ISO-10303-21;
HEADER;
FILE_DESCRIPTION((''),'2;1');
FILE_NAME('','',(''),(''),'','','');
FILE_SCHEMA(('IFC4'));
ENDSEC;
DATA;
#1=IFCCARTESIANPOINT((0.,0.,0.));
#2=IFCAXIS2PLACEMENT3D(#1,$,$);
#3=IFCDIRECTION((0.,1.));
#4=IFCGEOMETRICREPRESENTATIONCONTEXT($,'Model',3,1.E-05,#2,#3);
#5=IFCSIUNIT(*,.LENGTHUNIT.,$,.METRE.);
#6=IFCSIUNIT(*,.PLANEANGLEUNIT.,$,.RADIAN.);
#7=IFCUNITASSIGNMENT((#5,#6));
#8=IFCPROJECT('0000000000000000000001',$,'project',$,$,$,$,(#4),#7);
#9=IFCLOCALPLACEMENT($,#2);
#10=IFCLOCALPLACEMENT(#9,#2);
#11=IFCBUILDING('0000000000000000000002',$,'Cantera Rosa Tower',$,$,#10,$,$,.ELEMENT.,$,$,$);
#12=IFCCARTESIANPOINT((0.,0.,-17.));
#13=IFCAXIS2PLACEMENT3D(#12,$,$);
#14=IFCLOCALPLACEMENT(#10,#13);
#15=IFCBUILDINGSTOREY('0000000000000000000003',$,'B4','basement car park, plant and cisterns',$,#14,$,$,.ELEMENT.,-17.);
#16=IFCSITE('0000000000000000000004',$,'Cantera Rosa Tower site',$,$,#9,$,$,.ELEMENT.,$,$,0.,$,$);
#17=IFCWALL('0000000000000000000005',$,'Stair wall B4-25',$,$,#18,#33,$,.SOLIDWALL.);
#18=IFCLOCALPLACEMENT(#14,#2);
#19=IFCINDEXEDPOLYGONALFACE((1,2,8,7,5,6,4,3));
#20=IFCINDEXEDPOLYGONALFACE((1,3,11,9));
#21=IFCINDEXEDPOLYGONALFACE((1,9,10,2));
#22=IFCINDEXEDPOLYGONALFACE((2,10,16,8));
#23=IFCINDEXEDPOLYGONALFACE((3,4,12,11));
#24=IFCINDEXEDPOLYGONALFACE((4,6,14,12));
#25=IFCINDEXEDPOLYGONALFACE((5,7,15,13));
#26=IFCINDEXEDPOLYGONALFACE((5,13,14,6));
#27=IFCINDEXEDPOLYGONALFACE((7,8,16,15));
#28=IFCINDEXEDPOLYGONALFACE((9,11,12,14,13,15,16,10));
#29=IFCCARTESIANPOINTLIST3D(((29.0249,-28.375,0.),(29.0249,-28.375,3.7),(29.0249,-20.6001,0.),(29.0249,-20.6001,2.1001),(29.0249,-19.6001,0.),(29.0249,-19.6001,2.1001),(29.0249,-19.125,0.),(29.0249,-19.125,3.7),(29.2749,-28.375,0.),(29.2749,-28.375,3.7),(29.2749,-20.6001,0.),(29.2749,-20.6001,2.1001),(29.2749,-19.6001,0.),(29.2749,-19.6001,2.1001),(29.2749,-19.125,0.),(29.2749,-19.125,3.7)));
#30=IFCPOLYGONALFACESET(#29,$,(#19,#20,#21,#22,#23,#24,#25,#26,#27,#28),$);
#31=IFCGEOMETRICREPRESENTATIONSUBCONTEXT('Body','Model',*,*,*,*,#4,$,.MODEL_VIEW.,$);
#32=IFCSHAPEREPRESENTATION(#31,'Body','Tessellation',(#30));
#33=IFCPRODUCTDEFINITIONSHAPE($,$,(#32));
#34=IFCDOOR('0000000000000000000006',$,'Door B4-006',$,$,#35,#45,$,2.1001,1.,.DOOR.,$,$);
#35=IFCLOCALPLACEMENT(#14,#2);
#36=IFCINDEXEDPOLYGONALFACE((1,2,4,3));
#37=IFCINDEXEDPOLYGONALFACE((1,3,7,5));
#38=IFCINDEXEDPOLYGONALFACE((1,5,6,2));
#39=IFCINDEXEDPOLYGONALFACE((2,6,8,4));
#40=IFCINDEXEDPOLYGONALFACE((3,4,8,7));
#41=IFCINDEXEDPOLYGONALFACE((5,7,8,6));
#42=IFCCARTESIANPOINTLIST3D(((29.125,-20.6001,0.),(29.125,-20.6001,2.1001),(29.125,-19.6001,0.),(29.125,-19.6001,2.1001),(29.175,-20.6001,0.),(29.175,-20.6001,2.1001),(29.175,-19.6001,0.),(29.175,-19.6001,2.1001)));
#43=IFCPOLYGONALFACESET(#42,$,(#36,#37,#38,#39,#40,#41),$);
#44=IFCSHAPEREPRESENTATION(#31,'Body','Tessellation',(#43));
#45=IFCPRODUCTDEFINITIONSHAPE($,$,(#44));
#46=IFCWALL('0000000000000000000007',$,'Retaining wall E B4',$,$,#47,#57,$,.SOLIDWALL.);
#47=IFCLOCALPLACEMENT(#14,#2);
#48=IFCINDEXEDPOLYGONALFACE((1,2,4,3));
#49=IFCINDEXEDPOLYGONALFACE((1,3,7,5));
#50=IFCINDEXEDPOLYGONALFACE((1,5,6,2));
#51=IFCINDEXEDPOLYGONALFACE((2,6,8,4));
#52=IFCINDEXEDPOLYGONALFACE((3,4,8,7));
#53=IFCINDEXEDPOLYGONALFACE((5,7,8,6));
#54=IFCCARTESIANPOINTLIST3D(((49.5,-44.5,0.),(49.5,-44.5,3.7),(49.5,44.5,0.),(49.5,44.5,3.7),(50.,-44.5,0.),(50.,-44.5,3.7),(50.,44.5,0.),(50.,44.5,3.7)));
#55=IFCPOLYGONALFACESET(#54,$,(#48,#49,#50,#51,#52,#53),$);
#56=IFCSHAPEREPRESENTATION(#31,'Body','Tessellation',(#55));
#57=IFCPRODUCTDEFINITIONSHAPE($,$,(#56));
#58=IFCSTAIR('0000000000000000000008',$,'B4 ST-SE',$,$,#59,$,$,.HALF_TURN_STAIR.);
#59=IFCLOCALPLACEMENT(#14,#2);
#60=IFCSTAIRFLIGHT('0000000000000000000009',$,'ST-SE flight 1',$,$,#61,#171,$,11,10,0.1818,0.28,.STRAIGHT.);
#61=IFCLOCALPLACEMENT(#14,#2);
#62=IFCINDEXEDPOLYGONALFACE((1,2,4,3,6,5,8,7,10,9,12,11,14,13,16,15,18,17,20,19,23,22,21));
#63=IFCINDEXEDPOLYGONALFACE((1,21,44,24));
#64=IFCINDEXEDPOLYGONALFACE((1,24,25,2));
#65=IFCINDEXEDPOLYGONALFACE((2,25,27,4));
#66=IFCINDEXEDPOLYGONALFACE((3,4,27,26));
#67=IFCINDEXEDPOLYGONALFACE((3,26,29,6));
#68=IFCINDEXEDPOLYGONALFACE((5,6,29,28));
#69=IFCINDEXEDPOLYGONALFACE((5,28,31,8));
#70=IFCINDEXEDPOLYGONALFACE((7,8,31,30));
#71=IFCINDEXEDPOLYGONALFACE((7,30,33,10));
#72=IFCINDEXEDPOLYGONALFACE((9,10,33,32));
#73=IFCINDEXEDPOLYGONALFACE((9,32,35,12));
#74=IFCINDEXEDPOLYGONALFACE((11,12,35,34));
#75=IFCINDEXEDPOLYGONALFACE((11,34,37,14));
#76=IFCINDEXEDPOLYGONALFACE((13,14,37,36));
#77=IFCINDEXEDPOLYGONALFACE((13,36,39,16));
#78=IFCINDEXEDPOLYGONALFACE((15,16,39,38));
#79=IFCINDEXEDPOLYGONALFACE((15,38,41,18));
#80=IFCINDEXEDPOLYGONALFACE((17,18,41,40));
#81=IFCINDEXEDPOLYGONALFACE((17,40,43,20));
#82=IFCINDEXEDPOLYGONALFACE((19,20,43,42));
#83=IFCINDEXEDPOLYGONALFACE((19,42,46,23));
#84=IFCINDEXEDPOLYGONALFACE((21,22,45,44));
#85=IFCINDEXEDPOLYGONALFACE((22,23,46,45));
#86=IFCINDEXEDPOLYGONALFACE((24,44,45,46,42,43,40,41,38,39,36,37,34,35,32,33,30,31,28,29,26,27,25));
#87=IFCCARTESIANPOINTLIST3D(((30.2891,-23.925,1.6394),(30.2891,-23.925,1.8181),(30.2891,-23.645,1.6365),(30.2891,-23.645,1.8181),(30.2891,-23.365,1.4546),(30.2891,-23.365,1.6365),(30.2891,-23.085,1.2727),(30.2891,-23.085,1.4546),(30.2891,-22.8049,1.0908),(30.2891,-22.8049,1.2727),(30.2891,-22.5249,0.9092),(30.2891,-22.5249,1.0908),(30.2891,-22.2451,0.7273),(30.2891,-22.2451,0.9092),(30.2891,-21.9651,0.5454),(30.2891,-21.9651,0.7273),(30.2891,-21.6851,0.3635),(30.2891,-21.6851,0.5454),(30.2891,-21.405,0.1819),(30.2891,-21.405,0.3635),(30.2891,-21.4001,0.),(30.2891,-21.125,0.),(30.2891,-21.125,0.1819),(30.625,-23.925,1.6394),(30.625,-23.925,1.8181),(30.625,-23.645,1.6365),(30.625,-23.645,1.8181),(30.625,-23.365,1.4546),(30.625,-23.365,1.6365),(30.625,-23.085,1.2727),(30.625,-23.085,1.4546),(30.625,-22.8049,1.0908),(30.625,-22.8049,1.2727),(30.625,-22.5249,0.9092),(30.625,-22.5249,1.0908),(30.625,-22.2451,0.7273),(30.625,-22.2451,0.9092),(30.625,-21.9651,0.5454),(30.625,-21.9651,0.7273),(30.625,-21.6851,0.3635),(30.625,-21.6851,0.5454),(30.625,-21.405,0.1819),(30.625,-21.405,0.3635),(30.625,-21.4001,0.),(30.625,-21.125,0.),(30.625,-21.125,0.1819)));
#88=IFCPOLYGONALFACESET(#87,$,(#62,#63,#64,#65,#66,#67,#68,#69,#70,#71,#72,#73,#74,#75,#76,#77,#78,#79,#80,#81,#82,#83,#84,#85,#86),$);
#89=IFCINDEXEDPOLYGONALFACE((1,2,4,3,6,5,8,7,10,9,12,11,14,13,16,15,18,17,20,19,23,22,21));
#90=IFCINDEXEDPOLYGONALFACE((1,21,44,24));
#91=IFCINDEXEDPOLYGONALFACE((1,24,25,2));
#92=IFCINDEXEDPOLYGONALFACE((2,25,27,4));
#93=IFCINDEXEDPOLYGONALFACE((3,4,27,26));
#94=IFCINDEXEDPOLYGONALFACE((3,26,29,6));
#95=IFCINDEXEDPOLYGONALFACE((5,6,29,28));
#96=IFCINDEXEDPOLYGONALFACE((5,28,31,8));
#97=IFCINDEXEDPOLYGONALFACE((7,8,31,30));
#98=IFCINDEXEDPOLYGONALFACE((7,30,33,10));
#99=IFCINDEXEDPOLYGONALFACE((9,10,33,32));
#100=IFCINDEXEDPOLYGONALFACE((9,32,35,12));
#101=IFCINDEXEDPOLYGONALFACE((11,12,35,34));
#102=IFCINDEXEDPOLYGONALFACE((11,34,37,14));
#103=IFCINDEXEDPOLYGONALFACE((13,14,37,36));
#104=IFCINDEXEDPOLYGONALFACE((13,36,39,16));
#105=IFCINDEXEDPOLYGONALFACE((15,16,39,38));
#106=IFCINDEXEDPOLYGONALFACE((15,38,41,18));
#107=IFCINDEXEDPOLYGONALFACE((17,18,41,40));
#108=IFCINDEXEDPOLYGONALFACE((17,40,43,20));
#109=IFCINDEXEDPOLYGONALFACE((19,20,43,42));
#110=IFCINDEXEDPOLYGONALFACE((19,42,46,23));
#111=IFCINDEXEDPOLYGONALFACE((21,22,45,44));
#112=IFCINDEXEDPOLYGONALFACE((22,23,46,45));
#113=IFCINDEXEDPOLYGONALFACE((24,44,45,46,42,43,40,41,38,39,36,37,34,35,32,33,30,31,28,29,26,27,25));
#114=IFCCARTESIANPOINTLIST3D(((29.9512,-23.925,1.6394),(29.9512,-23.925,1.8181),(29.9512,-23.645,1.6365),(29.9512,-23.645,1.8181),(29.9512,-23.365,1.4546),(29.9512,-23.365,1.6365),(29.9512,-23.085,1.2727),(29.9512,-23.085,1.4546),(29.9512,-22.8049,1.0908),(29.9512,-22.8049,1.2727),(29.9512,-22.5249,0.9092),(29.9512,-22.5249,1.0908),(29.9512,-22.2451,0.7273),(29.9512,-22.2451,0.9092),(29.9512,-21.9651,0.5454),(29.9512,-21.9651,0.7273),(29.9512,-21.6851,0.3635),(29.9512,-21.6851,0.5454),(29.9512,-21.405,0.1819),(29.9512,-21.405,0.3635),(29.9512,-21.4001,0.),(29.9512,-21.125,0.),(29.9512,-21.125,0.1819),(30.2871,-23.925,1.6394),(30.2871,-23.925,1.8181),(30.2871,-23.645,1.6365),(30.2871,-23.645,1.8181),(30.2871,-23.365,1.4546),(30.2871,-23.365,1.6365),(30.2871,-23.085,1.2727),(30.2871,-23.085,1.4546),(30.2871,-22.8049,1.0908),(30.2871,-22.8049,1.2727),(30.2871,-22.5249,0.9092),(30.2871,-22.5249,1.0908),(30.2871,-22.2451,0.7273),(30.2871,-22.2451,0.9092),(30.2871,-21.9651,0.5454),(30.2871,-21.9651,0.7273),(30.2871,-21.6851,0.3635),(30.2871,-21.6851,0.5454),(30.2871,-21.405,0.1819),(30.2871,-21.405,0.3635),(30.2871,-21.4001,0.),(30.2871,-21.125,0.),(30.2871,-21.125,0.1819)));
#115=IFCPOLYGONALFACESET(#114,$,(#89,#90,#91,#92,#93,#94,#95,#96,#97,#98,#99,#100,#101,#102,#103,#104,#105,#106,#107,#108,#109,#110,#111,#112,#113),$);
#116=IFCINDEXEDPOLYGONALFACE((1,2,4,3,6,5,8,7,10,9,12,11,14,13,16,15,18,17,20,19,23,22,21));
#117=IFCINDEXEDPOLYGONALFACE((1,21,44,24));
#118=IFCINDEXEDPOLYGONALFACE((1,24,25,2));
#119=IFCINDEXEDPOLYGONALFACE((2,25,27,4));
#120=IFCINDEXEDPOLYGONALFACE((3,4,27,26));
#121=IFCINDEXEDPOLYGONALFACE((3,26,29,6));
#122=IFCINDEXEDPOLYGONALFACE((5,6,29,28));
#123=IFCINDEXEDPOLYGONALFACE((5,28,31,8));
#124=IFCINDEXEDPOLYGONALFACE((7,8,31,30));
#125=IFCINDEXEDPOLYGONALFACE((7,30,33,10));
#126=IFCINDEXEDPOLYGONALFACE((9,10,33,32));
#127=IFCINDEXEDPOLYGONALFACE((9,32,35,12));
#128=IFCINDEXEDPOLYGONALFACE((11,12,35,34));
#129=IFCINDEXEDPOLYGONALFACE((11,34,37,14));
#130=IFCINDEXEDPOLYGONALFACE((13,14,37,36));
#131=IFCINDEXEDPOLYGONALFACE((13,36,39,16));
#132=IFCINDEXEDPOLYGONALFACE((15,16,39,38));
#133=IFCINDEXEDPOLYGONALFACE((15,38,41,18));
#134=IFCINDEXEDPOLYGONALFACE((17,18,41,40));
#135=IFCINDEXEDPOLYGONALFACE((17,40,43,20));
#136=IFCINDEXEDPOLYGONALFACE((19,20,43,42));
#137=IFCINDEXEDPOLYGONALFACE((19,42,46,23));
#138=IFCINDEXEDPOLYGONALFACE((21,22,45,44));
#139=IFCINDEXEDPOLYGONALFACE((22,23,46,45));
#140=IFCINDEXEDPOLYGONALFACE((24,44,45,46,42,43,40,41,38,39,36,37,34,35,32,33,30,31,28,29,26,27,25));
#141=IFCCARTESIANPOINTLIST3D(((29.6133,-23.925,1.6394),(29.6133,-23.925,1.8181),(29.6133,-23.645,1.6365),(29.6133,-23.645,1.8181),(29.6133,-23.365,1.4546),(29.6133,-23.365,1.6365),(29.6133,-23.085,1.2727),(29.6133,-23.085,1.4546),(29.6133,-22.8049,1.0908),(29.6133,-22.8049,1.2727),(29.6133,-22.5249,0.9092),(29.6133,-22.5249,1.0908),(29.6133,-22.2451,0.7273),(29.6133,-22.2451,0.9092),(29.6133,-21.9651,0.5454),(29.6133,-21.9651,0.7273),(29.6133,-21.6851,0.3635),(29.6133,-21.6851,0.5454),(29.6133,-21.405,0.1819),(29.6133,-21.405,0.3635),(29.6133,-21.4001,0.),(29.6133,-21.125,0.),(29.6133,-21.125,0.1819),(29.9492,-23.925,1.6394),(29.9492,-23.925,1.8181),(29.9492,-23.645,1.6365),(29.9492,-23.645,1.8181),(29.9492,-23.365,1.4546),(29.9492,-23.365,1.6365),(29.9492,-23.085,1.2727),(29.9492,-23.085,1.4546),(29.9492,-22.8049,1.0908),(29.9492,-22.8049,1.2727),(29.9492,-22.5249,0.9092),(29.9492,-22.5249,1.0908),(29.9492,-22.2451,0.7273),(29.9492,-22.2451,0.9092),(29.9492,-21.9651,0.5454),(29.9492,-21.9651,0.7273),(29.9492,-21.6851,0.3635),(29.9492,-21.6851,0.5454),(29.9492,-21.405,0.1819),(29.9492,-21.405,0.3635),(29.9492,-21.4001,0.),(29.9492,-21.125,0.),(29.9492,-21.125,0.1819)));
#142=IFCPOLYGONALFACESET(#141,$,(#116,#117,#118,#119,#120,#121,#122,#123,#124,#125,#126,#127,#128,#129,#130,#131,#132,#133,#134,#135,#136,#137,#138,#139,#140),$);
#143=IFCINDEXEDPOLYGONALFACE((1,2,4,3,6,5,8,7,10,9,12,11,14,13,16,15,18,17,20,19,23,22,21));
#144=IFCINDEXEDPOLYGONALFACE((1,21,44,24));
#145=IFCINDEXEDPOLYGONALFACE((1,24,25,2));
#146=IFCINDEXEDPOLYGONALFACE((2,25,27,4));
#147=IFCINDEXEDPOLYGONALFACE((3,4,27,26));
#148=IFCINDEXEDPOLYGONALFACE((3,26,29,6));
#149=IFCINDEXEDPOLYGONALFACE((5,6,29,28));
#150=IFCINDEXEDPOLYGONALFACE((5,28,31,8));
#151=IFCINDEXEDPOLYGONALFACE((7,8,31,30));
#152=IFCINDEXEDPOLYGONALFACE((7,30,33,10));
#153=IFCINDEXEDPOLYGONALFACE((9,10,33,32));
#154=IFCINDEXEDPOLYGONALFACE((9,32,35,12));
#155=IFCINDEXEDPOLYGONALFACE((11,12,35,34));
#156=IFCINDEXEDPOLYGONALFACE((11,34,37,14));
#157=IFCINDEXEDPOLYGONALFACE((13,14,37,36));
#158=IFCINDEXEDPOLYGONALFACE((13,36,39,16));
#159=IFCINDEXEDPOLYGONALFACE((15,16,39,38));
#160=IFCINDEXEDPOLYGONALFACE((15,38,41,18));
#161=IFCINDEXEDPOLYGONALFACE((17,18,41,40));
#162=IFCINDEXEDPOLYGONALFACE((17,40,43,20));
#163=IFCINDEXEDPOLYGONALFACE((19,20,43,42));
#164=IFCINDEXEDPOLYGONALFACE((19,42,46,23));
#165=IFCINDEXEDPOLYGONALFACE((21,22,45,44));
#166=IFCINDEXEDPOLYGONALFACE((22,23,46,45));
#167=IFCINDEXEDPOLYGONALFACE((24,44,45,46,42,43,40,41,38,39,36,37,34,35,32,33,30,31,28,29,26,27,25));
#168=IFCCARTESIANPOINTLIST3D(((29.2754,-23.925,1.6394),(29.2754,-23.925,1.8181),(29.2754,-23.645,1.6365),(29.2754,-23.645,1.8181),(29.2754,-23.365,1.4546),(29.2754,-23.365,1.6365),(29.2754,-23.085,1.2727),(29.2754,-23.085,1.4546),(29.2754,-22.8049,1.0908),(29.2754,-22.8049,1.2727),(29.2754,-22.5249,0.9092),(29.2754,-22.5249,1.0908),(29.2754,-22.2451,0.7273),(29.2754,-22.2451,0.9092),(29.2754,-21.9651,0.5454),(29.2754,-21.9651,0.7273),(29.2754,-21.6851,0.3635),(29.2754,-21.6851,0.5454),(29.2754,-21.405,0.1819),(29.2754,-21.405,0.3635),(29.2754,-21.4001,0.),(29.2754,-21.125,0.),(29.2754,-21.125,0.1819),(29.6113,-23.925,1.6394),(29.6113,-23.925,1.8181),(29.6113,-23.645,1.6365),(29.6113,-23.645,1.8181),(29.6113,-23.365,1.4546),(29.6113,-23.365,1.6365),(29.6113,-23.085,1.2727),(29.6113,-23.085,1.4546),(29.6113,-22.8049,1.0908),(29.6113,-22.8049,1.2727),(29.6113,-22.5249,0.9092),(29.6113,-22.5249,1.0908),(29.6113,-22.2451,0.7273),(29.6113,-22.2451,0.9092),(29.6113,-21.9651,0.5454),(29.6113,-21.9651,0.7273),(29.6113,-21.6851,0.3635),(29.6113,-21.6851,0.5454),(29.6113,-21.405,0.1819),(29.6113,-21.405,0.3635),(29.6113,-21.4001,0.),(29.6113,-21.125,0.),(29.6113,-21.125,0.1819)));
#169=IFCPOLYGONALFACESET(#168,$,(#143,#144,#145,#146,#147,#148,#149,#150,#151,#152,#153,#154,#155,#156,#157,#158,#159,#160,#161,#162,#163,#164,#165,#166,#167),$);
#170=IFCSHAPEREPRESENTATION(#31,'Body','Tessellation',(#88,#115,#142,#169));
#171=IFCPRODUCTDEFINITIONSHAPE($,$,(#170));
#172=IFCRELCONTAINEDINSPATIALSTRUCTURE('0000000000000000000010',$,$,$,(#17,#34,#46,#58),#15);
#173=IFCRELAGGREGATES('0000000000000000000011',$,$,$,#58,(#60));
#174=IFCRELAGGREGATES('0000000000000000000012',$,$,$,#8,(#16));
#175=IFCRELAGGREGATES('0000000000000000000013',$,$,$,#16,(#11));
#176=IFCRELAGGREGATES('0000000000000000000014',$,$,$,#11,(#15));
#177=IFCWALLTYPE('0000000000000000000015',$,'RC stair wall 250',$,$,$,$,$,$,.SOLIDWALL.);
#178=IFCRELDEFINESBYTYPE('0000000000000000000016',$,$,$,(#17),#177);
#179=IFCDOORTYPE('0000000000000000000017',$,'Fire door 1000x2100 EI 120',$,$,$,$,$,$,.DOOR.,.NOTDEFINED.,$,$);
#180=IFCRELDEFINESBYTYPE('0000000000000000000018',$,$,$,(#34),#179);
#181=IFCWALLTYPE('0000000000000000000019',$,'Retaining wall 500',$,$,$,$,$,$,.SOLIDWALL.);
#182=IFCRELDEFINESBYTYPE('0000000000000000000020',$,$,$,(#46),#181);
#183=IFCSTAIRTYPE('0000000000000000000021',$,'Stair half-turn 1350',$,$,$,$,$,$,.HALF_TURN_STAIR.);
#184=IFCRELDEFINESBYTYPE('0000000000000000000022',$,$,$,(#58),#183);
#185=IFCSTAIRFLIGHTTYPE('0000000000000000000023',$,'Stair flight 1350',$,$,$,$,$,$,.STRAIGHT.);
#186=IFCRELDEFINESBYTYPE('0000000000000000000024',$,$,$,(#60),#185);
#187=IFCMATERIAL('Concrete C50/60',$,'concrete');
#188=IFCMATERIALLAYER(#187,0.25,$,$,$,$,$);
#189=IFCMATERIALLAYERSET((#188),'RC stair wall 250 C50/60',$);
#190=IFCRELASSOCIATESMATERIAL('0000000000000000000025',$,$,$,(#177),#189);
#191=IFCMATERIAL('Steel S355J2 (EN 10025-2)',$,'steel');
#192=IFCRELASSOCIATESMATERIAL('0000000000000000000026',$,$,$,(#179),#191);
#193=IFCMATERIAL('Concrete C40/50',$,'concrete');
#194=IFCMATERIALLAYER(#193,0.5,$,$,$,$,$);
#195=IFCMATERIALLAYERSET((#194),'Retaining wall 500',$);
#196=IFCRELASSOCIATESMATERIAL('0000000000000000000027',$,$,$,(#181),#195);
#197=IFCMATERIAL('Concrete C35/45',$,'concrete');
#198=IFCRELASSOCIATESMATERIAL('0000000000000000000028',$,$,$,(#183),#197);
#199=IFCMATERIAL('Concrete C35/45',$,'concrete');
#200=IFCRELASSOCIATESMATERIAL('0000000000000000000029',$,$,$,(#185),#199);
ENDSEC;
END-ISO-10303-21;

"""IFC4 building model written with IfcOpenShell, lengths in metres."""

from ifc_helpers import new_model, si_unit, direction, frame, frame_2d, origin, place, context, subcontext, project, spatial, polyline, rectangle, outline, extrude, material, layer, layer_set, type_object, element, fill, aggregate, save


model = new_model("IFC4")

# Units and contexts
model_context = context("Model", 3, precision=1e-05, world=origin(), true_north=direction((0.0, 1.0)))
body_context = subcontext(model_context, "Body", "Model", "MODEL_VIEW")
ifc_project = project(units=[si_unit("LENGTHUNIT", "METRE"), si_unit("PLANEANGLEUNIT", "RADIAN")], contexts=[model_context])

# Site, building, storey
site_placement = place(None, origin())
site = spatial("IfcSite", under=ifc_project, at=site_placement, Name="Cantera Rosa Tower site", CompositionType="ELEMENT", RefElevation=0.0)
building_placement = place(site_placement, origin())
building = spatial("IfcBuilding", under=site, at=building_placement, Name="Cantera Rosa Tower", CompositionType="ELEMENT")
storey_placement = place(building_placement, frame((0.0, 0.0, -17.0)))
storey = spatial("IfcBuildingStorey", under=building, at=storey_placement, Name="B4", Description="basement car park, plant and cisterns", CompositionType="ELEMENT", Elevation=-17.0)

# Shared definitions
ifc_material_1 = material(Name="Concrete C50/60", Category="concrete")
ifc_layer_1 = layer(ifc_material_1, 0.25)
ifc_layer_set_1 = layer_set([ifc_layer_1], Name="RC stair wall 250 C50/60")
wall_type_1 = type_object("IfcWallType", Name="RC stair wall 250", PredefinedType="SOLIDWALL", material=ifc_layer_set_1)

# Wall, opening, door
wall_1_placement = place(storey_placement, frame((29.1499, -28.375, 0.0), z_axis=(0.0, 0.0, 1.0), x_axis=(0.0, 1.0, 0.0)))
wall_1 = element("IfcWall", 1, at=wall_1_placement, inside=storey, type_object=wall_type_1, Name="Stair wall B4-25", PredefinedType="SOLIDWALL", context=body_context, shape_type="SweptSolid", body=[
    extrude(rectangle(XDim=9.25, YDim=0.25, at=frame_2d((4.625, 0.0))), origin(), (0.0, 0.0, 1.0), 3.7),
])
opening_1_placement = place(wall_1_placement, frame((7.7749, 0.0, 0.0)))
opening_1 = element("IfcOpeningElement", 2, at=opening_1_placement, cuts=wall_1, PredefinedType="OPENING", context=body_context, shape_type="SweptSolid", body=[
    extrude(rectangle(XDim=1.0, YDim=2.1001, at=frame_2d((0.5, 1.05))), frame((0.0, 0.135, 0.0), z_axis=(0.0, -1.0, 0.0), x_axis=(1.0, 0.0, 0.0)), (0.0, 0.0, 1.0), 0.27),
])
ifc_material_2 = material(Name="Steel S355J2 (EN 10025-2)", Category="steel")
door_type_1 = type_object("IfcDoorType", Name="Fire door 1000x2100 EI 120", OperationType="NOTDEFINED", PredefinedType="DOOR", material=ifc_material_2)
door_1_placement = place(opening_1_placement, origin())
door_1 = element("IfcDoor", 3, at=door_1_placement, inside=storey, type_object=door_type_1, Name="Door B4-006", OverallHeight=2.1001, OverallWidth=1.0, PredefinedType="DOOR", context=body_context, shape_type="SweptSolid", body=[
    extrude(rectangle(XDim=1.0, YDim=2.1001, at=frame_2d((0.5, 1.05))), frame((0.0, 0.0249, 0.0), z_axis=(0.0, -1.0, 0.0), x_axis=(1.0, 0.0, 0.0)), (0.0, 0.0, 1.0), 0.05),
])
fill(opening_1, door_1)

# Wall
ifc_material_3 = material(Name="Concrete C40/50", Category="concrete")
ifc_layer_2 = layer(ifc_material_3, 0.5)
ifc_layer_set_2 = layer_set([ifc_layer_2], Name="Retaining wall 500")
wall_type_2 = type_object("IfcWallType", Name="Retaining wall 500", PredefinedType="SOLIDWALL", material=ifc_layer_set_2)
wall_2_placement = place(storey_placement, frame((49.75, -44.5, 0.0), z_axis=(0.0, 0.0, 1.0), x_axis=(0.0, 1.0, 0.0)))
element("IfcWall", 4, at=wall_2_placement, inside=storey, type_object=wall_type_2, Name="Retaining wall E B4", PredefinedType="SOLIDWALL", context=body_context, shape_type="SweptSolid", body=[
    extrude(rectangle(XDim=89.0, YDim=0.5, at=frame_2d((44.5, 0.0))), origin(), (0.0, 0.0, 1.0), 3.7),
])

# Stair, stair flight
ifc_material_4 = material(Name="Concrete C35/45", Category="concrete")
stair_type = type_object("IfcStairType", Name="Stair half-turn 1350", PredefinedType="HALF_TURN_STAIR", material=ifc_material_4)
stair_placement = place(storey_placement, origin())
stair = element("IfcStair", 5, at=stair_placement, inside=storey, type_object=stair_type, Name="B4 ST-SE", PredefinedType="HALF_TURN_STAIR")
ifc_material_5 = material(Name="Concrete C35/45", Category="concrete")
stair_flight_type = type_object("IfcStairFlightType", Name="Stair flight 1350", PredefinedType="STRAIGHT", material=ifc_material_5)
stair_flight_1_placement = place(storey_placement, frame((29.95, -21.125, 0.0), z_axis=(0.0, 0.0, 1.0), x_axis=(0.0, -1.0, 0.0)))
stair_flight_1 = element("IfcStairFlight", 6, at=stair_flight_1_placement, type_object=stair_flight_type, Name="ST-SE flight 1", NumberOfRisers=11, NumberOfTreads=10, PredefinedType="STRAIGHT", RiserHeight=0.1818, TreadLength=0.28, context=body_context, shape_type="SweptSolid", body=[
    extrude(outline(polyline([(0.0, 0.0), (0.0, 0.1819), (0.28, 0.1819), (0.28, 0.3635), (0.5601, 0.3635), (0.5601, 0.5454), (0.8401, 0.5454), (0.8401, 0.7273), (1.1201, 0.7273), (1.1201, 0.9092), (1.3999, 0.9092), (1.3999, 1.0908), (1.6799, 1.0908), (1.6799, 1.2727), (1.96, 1.2727), (1.96, 1.4546), (2.24, 1.4546), (2.24, 1.6365), (2.52, 1.6365), (2.52, 1.8181), (2.8, 1.8181), (2.8, 2.0), (2.8, 1.6394), (0.2751, 0.0), (0.0, 0.0)])), frame((0.0, 0.675, 0.0), z_axis=(0.0, -1.0, 0.0), x_axis=(1.0, 0.0, 0.0)), (0.0, 0.0, 1.0), 0.3359),
    extrude(outline(polyline([(0.0, 0.0), (0.0, 0.1819), (0.28, 0.1819), (0.28, 0.3635), (0.5601, 0.3635), (0.5601, 0.5454), (0.8401, 0.5454), (0.8401, 0.7273), (1.1201, 0.7273), (1.1201, 0.9092), (1.3999, 0.9092), (1.3999, 1.0908), (1.6799, 1.0908), (1.6799, 1.2727), (1.96, 1.2727), (1.96, 1.4546), (2.24, 1.4546), (2.24, 1.6365), (2.52, 1.6365), (2.52, 1.8181), (2.8, 1.8181), (2.8, 2.0), (2.8, 1.6394), (0.2751, 0.0), (0.0, 0.0)])), frame((0.0, 0.3372, 0.0), z_axis=(0.0, -1.0, 0.0), x_axis=(1.0, 0.0, 0.0)), (0.0, 0.0, 1.0), 0.3359),
    extrude(outline(polyline([(0.0, 0.0), (0.0, 0.1819), (0.28, 0.1819), (0.28, 0.3635), (0.5601, 0.3635), (0.5601, 0.5454), (0.8401, 0.5454), (0.8401, 0.7273), (1.1201, 0.7273), (1.1201, 0.9092), (1.3999, 0.9092), (1.3999, 1.0908), (1.6799, 1.0908), (1.6799, 1.2727), (1.96, 1.2727), (1.96, 1.4546), (2.24, 1.4546), (2.24, 1.6365), (2.52, 1.6365), (2.52, 1.8181), (2.8, 1.8181), (2.8, 2.0), (2.8, 1.6394), (0.2751, 0.0), (0.0, 0.0)])), frame((0.0, -0.0007, 0.0), z_axis=(0.0, -1.0, 0.0), x_axis=(1.0, 0.0, 0.0)), (0.0, 0.0, 1.0), 0.3359),
    extrude(outline(polyline([(0.0, 0.0), (0.0, 0.1819), (0.28, 0.1819), (0.28, 0.3635), (0.5601, 0.3635), (0.5601, 0.5454), (0.8401, 0.5454), (0.8401, 0.7273), (1.1201, 0.7273), (1.1201, 0.9092), (1.3999, 0.9092), (1.3999, 1.0908), (1.6799, 1.0908), (1.6799, 1.2727), (1.96, 1.2727), (1.96, 1.4546), (2.24, 1.4546), (2.24, 1.6365), (2.52, 1.6365), (2.52, 1.8181), (2.8, 1.8181), (2.8, 2.0), (2.8, 1.6394), (0.2751, 0.0), (0.0, 0.0)])), frame((0.0, -0.3386, 0.0), z_axis=(0.0, -1.0, 0.0), x_axis=(1.0, 0.0, 0.0)), (0.0, 0.0, 1.0), 0.3359),
])
aggregate(stair, [stair_flight_1])

save(model, "model.ifc")
